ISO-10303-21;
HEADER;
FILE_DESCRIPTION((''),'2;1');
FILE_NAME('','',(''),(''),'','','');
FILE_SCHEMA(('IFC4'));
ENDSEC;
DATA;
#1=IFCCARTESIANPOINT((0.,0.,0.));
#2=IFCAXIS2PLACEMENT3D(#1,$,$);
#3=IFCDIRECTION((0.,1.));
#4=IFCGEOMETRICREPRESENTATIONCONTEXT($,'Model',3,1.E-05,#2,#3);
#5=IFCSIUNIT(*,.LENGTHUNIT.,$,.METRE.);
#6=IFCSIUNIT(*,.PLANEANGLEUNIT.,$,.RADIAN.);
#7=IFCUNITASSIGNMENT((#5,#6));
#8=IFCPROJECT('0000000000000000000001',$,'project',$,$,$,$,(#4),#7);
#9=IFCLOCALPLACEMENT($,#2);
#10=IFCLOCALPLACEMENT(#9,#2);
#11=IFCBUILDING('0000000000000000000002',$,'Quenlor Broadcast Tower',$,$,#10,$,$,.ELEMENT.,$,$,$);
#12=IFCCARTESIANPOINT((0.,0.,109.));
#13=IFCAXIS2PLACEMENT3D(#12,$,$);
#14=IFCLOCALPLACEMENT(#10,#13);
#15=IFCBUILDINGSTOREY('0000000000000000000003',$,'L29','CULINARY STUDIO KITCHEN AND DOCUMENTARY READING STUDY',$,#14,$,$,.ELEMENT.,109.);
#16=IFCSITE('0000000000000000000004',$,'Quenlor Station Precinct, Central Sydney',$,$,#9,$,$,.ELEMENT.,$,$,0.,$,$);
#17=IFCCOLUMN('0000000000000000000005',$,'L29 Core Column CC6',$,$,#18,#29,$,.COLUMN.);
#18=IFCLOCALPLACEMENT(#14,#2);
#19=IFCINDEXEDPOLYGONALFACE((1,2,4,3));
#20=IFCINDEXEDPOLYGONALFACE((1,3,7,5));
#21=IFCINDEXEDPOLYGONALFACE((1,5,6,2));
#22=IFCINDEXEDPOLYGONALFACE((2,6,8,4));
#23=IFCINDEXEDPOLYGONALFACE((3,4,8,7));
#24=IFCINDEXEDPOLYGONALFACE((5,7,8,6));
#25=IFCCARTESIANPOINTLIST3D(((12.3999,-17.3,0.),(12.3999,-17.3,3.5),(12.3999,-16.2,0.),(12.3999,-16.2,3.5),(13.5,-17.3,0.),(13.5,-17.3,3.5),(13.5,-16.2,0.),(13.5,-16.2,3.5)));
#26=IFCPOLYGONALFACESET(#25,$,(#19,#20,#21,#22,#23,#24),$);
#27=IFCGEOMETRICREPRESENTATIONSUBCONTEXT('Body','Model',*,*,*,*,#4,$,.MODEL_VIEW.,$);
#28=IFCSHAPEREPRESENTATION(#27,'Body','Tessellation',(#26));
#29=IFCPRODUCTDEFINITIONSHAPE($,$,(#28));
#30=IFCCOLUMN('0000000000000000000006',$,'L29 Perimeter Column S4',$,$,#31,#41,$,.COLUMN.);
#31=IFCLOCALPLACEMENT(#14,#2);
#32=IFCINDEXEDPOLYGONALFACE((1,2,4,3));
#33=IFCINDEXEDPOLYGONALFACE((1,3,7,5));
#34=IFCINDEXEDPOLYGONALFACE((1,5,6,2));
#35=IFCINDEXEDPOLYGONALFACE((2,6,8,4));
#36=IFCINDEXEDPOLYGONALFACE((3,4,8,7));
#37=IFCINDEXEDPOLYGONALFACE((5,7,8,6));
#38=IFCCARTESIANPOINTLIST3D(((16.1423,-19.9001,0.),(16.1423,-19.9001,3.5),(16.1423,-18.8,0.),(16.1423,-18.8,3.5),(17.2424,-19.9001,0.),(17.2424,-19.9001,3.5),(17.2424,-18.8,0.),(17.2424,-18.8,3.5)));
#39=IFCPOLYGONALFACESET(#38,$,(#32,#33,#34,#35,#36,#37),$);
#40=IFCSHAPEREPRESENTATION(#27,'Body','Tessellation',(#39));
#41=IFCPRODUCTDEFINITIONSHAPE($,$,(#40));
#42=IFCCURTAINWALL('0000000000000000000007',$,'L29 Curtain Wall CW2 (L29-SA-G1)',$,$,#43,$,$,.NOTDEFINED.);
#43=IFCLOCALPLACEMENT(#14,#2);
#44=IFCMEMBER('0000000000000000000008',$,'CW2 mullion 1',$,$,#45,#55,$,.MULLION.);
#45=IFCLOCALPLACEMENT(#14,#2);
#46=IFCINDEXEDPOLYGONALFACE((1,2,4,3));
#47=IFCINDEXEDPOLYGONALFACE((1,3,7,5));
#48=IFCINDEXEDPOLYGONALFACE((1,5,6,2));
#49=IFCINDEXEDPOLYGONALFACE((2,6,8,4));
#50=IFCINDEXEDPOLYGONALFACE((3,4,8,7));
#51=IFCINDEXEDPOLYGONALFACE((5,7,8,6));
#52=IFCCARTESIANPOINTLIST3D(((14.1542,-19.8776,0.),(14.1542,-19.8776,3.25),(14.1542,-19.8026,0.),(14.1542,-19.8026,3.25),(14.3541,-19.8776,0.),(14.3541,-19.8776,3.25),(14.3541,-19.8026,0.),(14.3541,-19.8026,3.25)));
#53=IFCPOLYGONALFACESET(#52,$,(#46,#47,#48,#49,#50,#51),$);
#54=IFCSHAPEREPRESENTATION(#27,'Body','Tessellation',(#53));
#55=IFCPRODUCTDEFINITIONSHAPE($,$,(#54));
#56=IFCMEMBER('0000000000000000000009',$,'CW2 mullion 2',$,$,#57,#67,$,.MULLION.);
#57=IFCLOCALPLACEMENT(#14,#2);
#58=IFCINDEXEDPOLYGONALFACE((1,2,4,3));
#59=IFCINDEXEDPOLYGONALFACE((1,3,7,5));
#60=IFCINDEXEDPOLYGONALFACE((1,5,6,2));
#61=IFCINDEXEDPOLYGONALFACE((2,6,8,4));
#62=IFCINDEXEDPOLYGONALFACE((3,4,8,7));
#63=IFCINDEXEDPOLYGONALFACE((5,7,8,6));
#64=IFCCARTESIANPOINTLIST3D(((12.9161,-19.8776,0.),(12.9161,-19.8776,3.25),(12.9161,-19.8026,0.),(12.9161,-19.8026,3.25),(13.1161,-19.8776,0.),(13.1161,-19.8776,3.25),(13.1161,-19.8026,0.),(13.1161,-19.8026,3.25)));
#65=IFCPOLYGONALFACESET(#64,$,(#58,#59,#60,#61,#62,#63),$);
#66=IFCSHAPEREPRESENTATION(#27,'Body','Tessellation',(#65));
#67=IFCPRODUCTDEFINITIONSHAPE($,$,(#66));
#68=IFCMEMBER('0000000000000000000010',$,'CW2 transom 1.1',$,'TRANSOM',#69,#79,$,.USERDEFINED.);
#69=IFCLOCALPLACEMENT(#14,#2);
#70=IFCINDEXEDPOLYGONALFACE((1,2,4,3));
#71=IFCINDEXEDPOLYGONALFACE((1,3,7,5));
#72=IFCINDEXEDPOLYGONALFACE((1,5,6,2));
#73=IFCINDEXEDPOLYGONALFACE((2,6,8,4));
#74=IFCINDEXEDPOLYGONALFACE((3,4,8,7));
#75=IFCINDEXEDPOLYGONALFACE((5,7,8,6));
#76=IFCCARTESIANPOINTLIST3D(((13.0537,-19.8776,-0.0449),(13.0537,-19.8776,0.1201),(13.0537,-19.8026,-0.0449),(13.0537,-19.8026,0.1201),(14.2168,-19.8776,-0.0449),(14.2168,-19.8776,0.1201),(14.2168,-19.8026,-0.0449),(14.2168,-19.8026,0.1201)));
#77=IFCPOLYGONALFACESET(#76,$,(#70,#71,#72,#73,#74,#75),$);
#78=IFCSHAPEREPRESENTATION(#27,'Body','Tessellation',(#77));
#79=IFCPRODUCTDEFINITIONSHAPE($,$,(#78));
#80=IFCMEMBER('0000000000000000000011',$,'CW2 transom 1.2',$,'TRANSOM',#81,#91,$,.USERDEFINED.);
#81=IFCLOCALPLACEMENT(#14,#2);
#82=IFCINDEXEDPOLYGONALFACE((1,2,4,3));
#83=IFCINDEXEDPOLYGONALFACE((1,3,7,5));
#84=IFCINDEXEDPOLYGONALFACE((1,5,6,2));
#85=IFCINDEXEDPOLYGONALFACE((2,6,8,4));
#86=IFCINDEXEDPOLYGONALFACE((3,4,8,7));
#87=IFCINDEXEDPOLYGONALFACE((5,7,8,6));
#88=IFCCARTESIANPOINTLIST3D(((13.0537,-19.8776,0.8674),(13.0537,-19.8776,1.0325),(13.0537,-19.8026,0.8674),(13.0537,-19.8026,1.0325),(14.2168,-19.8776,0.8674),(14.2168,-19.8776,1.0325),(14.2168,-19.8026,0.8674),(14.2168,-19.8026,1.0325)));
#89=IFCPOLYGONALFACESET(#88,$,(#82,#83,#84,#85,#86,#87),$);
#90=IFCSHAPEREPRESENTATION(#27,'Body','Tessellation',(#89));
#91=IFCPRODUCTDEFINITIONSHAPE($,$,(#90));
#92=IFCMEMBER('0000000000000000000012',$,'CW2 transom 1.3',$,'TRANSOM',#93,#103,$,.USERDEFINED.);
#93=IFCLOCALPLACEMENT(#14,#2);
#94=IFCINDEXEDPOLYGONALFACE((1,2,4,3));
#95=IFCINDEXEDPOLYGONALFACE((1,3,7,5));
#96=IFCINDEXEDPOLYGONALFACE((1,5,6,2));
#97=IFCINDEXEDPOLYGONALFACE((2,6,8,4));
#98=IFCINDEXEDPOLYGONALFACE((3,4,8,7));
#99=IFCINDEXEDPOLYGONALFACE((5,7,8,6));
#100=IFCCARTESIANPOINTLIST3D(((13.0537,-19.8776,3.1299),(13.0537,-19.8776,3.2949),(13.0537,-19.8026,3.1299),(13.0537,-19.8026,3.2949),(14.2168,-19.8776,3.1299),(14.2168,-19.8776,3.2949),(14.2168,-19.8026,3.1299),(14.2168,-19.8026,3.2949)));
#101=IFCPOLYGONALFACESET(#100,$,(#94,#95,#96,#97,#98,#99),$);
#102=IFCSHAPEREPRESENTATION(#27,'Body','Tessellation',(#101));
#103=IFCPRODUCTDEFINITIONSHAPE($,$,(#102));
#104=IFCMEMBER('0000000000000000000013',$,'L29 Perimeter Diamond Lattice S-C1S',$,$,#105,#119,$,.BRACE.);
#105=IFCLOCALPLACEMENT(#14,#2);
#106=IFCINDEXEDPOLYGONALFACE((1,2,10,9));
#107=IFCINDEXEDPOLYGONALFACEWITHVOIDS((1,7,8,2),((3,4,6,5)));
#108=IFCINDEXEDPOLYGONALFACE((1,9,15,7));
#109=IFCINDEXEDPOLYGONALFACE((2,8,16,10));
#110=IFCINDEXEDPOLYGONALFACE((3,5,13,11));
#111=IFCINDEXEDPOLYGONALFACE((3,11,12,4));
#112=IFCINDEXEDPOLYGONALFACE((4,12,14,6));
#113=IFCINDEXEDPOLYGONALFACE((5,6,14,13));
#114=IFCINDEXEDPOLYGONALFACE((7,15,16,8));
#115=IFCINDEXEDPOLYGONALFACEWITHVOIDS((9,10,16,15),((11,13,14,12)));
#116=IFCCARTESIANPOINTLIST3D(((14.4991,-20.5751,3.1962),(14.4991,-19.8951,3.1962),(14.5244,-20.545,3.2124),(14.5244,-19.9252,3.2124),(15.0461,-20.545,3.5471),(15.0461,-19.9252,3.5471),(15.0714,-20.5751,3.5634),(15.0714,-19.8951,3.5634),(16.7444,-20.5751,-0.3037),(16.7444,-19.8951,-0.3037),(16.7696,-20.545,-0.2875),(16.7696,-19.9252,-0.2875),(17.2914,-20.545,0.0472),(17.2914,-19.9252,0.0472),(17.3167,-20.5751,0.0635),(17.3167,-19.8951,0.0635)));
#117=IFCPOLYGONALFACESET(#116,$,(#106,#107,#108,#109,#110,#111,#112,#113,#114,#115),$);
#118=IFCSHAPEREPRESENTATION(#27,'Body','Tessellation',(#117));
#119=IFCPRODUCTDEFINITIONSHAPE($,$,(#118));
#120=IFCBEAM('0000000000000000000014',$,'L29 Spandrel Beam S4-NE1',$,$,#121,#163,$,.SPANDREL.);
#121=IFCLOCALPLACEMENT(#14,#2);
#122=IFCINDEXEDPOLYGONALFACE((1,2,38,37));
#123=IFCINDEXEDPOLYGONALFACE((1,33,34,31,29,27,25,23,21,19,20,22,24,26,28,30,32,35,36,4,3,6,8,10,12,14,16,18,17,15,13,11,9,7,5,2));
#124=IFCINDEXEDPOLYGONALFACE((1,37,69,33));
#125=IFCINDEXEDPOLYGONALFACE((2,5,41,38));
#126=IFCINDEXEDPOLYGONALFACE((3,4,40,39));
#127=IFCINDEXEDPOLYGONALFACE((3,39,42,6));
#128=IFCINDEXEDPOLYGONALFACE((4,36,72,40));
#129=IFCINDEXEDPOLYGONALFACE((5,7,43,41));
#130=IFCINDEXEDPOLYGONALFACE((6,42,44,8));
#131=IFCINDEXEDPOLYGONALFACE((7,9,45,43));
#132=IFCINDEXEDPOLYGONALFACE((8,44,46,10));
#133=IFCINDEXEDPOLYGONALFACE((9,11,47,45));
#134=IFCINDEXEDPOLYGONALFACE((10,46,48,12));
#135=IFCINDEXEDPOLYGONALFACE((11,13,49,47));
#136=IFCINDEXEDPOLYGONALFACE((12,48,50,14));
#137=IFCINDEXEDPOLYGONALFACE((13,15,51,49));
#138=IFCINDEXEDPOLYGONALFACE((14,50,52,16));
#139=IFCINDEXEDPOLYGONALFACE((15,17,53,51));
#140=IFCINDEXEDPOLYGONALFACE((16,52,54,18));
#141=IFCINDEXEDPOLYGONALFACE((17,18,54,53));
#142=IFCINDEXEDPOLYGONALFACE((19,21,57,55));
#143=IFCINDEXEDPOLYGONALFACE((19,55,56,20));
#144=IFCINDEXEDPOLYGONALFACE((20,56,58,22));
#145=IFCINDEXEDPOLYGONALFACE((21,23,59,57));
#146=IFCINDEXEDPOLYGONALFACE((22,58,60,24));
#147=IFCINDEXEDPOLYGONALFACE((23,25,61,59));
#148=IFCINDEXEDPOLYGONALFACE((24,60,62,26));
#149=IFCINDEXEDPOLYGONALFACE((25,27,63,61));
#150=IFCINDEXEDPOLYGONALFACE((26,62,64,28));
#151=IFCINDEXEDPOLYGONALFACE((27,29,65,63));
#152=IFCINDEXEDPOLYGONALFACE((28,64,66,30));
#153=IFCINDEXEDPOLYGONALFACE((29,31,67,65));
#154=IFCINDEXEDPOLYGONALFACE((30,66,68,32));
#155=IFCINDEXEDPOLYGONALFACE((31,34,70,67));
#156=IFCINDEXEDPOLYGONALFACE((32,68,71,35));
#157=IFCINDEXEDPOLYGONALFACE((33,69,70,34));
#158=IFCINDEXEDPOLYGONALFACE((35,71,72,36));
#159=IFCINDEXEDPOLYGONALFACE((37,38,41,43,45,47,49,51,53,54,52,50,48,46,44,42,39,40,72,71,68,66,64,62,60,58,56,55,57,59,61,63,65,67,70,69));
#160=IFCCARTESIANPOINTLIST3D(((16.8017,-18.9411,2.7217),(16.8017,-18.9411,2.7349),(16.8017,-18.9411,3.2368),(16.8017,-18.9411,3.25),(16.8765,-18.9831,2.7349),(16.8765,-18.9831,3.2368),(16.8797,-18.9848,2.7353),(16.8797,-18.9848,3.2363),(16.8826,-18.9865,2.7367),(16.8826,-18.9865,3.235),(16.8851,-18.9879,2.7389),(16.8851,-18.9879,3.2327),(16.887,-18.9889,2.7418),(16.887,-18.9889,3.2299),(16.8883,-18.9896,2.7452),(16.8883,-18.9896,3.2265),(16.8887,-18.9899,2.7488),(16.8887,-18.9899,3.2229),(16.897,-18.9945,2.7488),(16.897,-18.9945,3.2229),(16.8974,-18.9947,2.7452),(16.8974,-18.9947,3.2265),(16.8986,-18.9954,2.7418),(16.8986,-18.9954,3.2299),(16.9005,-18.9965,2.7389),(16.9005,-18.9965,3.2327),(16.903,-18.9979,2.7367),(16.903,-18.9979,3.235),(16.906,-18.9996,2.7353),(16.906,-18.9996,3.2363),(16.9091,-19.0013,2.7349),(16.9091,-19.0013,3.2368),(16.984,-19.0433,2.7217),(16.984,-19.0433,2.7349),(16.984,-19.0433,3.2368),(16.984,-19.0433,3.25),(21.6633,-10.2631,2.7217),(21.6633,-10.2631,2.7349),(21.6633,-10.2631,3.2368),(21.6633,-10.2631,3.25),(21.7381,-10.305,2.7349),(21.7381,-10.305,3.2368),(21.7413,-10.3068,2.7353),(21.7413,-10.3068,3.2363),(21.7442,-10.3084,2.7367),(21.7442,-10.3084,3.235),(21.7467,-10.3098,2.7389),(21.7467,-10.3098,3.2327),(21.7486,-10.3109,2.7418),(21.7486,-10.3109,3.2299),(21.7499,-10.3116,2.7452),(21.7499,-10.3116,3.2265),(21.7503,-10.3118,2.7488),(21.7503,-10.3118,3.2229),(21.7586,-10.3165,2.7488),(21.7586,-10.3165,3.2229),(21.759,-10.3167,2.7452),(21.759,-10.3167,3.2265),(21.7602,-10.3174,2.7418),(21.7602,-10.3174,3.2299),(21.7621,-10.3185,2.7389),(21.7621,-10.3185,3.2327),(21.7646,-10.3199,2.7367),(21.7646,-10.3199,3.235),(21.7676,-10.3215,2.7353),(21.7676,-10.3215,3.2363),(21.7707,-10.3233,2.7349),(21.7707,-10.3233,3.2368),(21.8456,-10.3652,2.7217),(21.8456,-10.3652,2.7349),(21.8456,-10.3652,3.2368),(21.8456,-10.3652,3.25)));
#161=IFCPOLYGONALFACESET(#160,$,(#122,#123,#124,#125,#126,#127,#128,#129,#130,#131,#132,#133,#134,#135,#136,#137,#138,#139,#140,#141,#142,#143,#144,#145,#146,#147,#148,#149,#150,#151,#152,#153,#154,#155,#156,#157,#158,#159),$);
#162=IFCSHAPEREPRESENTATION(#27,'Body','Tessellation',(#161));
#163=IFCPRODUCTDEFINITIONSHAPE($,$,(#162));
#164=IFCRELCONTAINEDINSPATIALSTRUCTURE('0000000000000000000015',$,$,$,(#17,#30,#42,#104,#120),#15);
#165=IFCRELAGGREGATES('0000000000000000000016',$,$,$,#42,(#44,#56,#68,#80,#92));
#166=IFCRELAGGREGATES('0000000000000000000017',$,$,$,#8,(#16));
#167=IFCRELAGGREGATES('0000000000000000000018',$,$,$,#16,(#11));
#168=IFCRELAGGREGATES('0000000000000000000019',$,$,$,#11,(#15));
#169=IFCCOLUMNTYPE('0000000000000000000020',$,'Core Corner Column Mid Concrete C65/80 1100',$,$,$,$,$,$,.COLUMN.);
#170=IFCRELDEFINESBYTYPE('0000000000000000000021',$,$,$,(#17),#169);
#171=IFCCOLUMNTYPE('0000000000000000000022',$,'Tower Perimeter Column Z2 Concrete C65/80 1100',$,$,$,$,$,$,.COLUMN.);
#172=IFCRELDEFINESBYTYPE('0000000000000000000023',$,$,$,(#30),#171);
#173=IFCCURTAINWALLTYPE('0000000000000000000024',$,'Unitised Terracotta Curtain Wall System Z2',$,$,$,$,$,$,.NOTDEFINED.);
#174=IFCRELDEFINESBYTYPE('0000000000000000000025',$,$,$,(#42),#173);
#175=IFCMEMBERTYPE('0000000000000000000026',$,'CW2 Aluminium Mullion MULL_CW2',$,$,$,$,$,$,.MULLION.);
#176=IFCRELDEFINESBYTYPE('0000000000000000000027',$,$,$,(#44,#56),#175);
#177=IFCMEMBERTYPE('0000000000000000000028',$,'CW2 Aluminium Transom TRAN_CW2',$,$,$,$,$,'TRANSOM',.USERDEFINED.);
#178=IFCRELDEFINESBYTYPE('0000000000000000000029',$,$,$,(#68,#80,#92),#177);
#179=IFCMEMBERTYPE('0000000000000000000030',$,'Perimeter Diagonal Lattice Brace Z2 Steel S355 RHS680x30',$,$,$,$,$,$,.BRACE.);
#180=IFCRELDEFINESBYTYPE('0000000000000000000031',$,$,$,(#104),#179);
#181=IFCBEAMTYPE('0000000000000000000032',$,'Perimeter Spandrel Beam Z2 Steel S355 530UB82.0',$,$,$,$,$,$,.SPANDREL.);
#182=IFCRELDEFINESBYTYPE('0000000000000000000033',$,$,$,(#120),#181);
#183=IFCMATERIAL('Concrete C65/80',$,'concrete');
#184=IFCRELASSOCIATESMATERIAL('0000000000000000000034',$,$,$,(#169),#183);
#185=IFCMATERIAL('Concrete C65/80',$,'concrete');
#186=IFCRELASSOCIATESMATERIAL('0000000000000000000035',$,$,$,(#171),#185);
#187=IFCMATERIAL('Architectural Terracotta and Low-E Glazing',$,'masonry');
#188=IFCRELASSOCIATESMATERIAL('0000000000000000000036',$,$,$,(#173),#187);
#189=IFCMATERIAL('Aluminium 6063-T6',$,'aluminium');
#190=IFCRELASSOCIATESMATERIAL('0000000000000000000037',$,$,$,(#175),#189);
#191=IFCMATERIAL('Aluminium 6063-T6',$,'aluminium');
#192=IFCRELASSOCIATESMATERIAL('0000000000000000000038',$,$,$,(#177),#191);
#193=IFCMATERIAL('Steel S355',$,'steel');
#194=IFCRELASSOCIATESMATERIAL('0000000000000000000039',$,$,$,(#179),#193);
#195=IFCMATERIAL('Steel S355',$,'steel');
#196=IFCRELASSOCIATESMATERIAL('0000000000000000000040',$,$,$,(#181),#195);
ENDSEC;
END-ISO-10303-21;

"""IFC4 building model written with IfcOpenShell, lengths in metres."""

from ifc_helpers import new_model, si_unit, direction, frame, origin, origin_2d, place, context, subcontext, project, spatial, rectangle, hollow_rectangle, i_section, extrude, material, material_profile, profile_set, type_object, element, aggregate, save


model = new_model("IFC4")

# Units and contexts
model_context = context("Model", 3, precision=1e-05, world=origin(), true_north=direction((0.0, 1.0)))
body_context = subcontext(model_context, "Body", "Model", "MODEL_VIEW")
ifc_project = project(units=[si_unit("LENGTHUNIT", "METRE"), si_unit("PLANEANGLEUNIT", "RADIAN")], contexts=[model_context])

# Site, building, storey
site_placement = place(None, origin())
site = spatial("IfcSite", under=ifc_project, at=site_placement, Name="Quenlor Station Precinct, Central Sydney", CompositionType="ELEMENT", RefElevation=0.0)
building_placement = place(site_placement, origin())
building = spatial("IfcBuilding", under=site, at=building_placement, Name="Quenlor Broadcast Tower", CompositionType="ELEMENT")
storey_placement = place(building_placement, frame((0.0, 0.0, 109.0)))
storey = spatial("IfcBuildingStorey", under=building, at=storey_placement, Name="L29", Description="CULINARY STUDIO KITCHEN AND DOCUMENTARY READING STUDY", CompositionType="ELEMENT", Elevation=109.0)

# Columns
ifc_material_1 = material(Name="Concrete C65/80", Category="concrete")
ifc_material_profile_1 = material_profile(ifc_material_1, rectangle(XDim=1.1001, YDim=1.1001, at=origin_2d()))
ifc_profile_set_1 = profile_set([ifc_material_profile_1], Name="Concrete C65/80 RC1100x1100")
column_type_1 = type_object("IfcColumnType", Name="Core Corner Column Mid Concrete C65/80 1100", PredefinedType="COLUMN", material=ifc_profile_set_1)
column_1_placement = place(storey_placement, frame((12.95, -16.75, 0.0), z_axis=(0.0, 0.0, 1.0), x_axis=(1.0, 0.0, 0.0)))
element("IfcColumn", 1, at=column_1_placement, inside=storey, type_object=column_type_1, Name="L29 Core Column CC6", PredefinedType="COLUMN", context=body_context, shape_type="SweptSolid", body=[
    extrude(rectangle(XDim=1.1001, YDim=1.1001, at=origin_2d()), origin(), (0.0, 0.0, 1.0), 3.5),
])
ifc_material_2 = material(Name="Concrete C65/80", Category="concrete")
ifc_material_profile_2 = material_profile(ifc_material_2, rectangle(XDim=1.1001, YDim=1.1001, at=origin_2d()))
ifc_profile_set_2 = profile_set([ifc_material_profile_2], Name="Concrete C65/80 RC1100x1100")
column_type_2 = type_object("IfcColumnType", Name="Tower Perimeter Column Z2 Concrete C65/80 1100", PredefinedType="COLUMN", material=ifc_profile_set_2)
column_2_placement = place(storey_placement, frame((16.6924, -19.3501, 0.0), z_axis=(0.0, 0.0, 1.0), x_axis=(0.0, 1.0, 0.0)))
element("IfcColumn", 2, at=column_2_placement, inside=storey, type_object=column_type_2, Name="L29 Perimeter Column S4", PredefinedType="COLUMN", context=body_context, shape_type="SweptSolid", body=[
    extrude(rectangle(XDim=1.1001, YDim=1.1001, at=origin_2d()), origin(), (0.0, 0.0, 1.0), 3.5),
])

# Curtain wall, members
ifc_material_3 = material(Name="Architectural Terracotta and Low-E Glazing", Category="masonry")
curtain_wall_type = type_object("IfcCurtainWallType", Name="Unitised Terracotta Curtain Wall System Z2", PredefinedType="NOTDEFINED", material=ifc_material_3)
curtain_wall_placement = place(storey_placement, origin())
curtain_wall = element("IfcCurtainWall", 3, at=curtain_wall_placement, inside=storey, type_object=curtain_wall_type, Name="L29 Curtain Wall CW2 (L29-SA-G1)", PredefinedType="NOTDEFINED")
ifc_material_4 = material(Name="Aluminium 6063-T6", Category="aluminium")
ifc_material_profile_3 = material_profile(ifc_material_4, rectangle(XDim=0.075, YDim=0.2, at=origin_2d()))
ifc_profile_set_3 = profile_set([ifc_material_profile_3], Name="Aluminium 6063-T6 MULL75x200")
member_type_1 = type_object("IfcMemberType", Name="CW2 Aluminium Mullion MULL_CW2", PredefinedType="MULLION", material=ifc_profile_set_3)
member_1_placement = place(storey_placement, frame((14.2542, -19.8401, 0.0), z_axis=(0.0, 0.0, 1.0), x_axis=(0.0, -1.0, 0.0)))
member_1 = element("IfcMember", 4, at=member_1_placement, type_object=member_type_1, Name="CW2 mullion 1", PredefinedType="MULLION", context=body_context, shape_type="SweptSolid", body=[
    extrude(rectangle(XDim=0.075, YDim=0.2, at=origin_2d()), origin(), (0.0, 0.0, 1.0), 3.25),
])
member_2_placement = place(storey_placement, frame((13.0161, -19.8401, 0.0), z_axis=(0.0, 0.0, 1.0), x_axis=(0.0, -1.0, 0.0)))
member_2 = element("IfcMember", 5, at=member_2_placement, type_object=member_type_1, Name="CW2 mullion 2", PredefinedType="MULLION", context=body_context, shape_type="SweptSolid", body=[
    extrude(rectangle(XDim=0.075, YDim=0.2, at=origin_2d()), origin(), (0.0, 0.0, 1.0), 3.25),
])
ifc_material_5 = material(Name="Aluminium 6063-T6", Category="aluminium")
ifc_material_profile_4 = material_profile(ifc_material_5, rectangle(XDim=0.075, YDim=0.165, at=origin_2d()))
ifc_profile_set_4 = profile_set([ifc_material_profile_4], Name="Aluminium 6063-T6 TRAN75x165")
member_type_2 = type_object("IfcMemberType", Name="CW2 Aluminium Transom TRAN_CW2", ElementType="TRANSOM", PredefinedType="USERDEFINED", material=ifc_profile_set_4)
member_3_placement = place(storey_placement, frame((14.2168, -19.8401, 0.0376), z_axis=(-1.0, 0.0, 0.0), x_axis=(0.0, -1.0, 0.0)))
member_3 = element("IfcMember", 6, at=member_3_placement, type_object=member_type_2, Name="CW2 transom 1.1", ObjectType="TRANSOM", PredefinedType="USERDEFINED", context=body_context, shape_type="SweptSolid", body=[
    extrude(rectangle(XDim=0.075, YDim=0.165, at=origin_2d()), origin(), (0.0, 0.0, 1.0), 1.1631),
])
member_4_placement = place(storey_placement, frame((14.2168, -19.8401, 0.95), z_axis=(-1.0, 0.0, 0.0), x_axis=(0.0, -1.0, 0.0)))
member_4 = element("IfcMember", 7, at=member_4_placement, type_object=member_type_2, Name="CW2 transom 1.2", ObjectType="TRANSOM", PredefinedType="USERDEFINED", context=body_context, shape_type="SweptSolid", body=[
    extrude(rectangle(XDim=0.075, YDim=0.165, at=origin_2d()), origin(), (0.0, 0.0, 1.0), 1.1631),
])
member_5_placement = place(storey_placement, frame((14.2168, -19.8401, 3.2124), z_axis=(-1.0, 0.0, 0.0), x_axis=(0.0, -1.0, 0.0)))
member_5 = element("IfcMember", 8, at=member_5_placement, type_object=member_type_2, Name="CW2 transom 1.3", ObjectType="TRANSOM", PredefinedType="USERDEFINED", context=body_context, shape_type="SweptSolid", body=[
    extrude(rectangle(XDim=0.075, YDim=0.165, at=origin_2d()), origin(), (0.0, 0.0, 1.0), 1.1631),
])

# Member
ifc_material_6 = material(Name="Steel S355", Category="steel")
ifc_material_profile_5 = material_profile(ifc_material_6, hollow_rectangle(XDim=0.6799, YDim=0.6799, WallThickness=0.03, at=origin_2d()))
ifc_profile_set_5 = profile_set([ifc_material_profile_5], Name="Steel S355 RHS680x680x30")
member_type_3 = type_object("IfcMemberType", Name="Perimeter Diagonal Lattice Brace Z2 Steel S355 RHS680x30", PredefinedType="BRACE", material=ifc_profile_set_5)
member_6_placement = place(storey_placement, frame((17.0305, -20.2351, -0.1201), z_axis=(-0.539968, 0.0, 0.841686), x_axis=(0.0, -1.0, 0.0)))
element("IfcMember", 9, at=member_6_placement, inside=storey, type_object=member_type_3, Name="L29 Perimeter Diamond Lattice S-C1S", PredefinedType="BRACE", context=body_context, shape_type="SweptSolid", body=[
    extrude(hollow_rectangle(XDim=0.6799, YDim=0.6799, WallThickness=0.03, at=origin_2d()), origin(), (0.0, 0.0, 1.0), 4.1582),
])

# Beam
ifc_material_7 = material(Name="Steel S355", Category="steel")
ifc_material_profile_6 = material_profile(ifc_material_7, i_section(OverallWidth=0.209, OverallDepth=0.5283, WebThickness=0.0095, FlangeThickness=0.0132, FilletRadius=0.0139, at=origin_2d()))
ifc_profile_set_6 = profile_set([ifc_material_profile_6], Name="Steel S355 530UB82.0")
beam_type_1 = type_object("IfcBeamType", Name="Perimeter Spandrel Beam Z2 Steel S355 530UB82.0", PredefinedType="SPANDREL", material=ifc_profile_set_6)
beam_1_placement = place(storey_placement, frame((16.8928, -18.9922, 2.9858), z_axis=(0.488749, 0.872424, 0.0), x_axis=(-0.872424, 0.488749, 0.0)))
element("IfcBeam", 10, at=beam_1_placement, inside=storey, type_object=beam_type_1, Name="L29 Spandrel Beam S4-NE1", PredefinedType="SPANDREL", context=body_context, shape_type="SweptSolid", body=[
    extrude(i_section(OverallWidth=0.209, OverallDepth=0.5283, WebThickness=0.0095, FlangeThickness=0.0132, FilletRadius=0.0139, at=origin_2d()), origin(), (0.0, 0.0, 1.0), 9.947),
])

aggregate(curtain_wall, [member_1, member_2, member_3, member_4, member_5])

save(model, "model.ifc")
